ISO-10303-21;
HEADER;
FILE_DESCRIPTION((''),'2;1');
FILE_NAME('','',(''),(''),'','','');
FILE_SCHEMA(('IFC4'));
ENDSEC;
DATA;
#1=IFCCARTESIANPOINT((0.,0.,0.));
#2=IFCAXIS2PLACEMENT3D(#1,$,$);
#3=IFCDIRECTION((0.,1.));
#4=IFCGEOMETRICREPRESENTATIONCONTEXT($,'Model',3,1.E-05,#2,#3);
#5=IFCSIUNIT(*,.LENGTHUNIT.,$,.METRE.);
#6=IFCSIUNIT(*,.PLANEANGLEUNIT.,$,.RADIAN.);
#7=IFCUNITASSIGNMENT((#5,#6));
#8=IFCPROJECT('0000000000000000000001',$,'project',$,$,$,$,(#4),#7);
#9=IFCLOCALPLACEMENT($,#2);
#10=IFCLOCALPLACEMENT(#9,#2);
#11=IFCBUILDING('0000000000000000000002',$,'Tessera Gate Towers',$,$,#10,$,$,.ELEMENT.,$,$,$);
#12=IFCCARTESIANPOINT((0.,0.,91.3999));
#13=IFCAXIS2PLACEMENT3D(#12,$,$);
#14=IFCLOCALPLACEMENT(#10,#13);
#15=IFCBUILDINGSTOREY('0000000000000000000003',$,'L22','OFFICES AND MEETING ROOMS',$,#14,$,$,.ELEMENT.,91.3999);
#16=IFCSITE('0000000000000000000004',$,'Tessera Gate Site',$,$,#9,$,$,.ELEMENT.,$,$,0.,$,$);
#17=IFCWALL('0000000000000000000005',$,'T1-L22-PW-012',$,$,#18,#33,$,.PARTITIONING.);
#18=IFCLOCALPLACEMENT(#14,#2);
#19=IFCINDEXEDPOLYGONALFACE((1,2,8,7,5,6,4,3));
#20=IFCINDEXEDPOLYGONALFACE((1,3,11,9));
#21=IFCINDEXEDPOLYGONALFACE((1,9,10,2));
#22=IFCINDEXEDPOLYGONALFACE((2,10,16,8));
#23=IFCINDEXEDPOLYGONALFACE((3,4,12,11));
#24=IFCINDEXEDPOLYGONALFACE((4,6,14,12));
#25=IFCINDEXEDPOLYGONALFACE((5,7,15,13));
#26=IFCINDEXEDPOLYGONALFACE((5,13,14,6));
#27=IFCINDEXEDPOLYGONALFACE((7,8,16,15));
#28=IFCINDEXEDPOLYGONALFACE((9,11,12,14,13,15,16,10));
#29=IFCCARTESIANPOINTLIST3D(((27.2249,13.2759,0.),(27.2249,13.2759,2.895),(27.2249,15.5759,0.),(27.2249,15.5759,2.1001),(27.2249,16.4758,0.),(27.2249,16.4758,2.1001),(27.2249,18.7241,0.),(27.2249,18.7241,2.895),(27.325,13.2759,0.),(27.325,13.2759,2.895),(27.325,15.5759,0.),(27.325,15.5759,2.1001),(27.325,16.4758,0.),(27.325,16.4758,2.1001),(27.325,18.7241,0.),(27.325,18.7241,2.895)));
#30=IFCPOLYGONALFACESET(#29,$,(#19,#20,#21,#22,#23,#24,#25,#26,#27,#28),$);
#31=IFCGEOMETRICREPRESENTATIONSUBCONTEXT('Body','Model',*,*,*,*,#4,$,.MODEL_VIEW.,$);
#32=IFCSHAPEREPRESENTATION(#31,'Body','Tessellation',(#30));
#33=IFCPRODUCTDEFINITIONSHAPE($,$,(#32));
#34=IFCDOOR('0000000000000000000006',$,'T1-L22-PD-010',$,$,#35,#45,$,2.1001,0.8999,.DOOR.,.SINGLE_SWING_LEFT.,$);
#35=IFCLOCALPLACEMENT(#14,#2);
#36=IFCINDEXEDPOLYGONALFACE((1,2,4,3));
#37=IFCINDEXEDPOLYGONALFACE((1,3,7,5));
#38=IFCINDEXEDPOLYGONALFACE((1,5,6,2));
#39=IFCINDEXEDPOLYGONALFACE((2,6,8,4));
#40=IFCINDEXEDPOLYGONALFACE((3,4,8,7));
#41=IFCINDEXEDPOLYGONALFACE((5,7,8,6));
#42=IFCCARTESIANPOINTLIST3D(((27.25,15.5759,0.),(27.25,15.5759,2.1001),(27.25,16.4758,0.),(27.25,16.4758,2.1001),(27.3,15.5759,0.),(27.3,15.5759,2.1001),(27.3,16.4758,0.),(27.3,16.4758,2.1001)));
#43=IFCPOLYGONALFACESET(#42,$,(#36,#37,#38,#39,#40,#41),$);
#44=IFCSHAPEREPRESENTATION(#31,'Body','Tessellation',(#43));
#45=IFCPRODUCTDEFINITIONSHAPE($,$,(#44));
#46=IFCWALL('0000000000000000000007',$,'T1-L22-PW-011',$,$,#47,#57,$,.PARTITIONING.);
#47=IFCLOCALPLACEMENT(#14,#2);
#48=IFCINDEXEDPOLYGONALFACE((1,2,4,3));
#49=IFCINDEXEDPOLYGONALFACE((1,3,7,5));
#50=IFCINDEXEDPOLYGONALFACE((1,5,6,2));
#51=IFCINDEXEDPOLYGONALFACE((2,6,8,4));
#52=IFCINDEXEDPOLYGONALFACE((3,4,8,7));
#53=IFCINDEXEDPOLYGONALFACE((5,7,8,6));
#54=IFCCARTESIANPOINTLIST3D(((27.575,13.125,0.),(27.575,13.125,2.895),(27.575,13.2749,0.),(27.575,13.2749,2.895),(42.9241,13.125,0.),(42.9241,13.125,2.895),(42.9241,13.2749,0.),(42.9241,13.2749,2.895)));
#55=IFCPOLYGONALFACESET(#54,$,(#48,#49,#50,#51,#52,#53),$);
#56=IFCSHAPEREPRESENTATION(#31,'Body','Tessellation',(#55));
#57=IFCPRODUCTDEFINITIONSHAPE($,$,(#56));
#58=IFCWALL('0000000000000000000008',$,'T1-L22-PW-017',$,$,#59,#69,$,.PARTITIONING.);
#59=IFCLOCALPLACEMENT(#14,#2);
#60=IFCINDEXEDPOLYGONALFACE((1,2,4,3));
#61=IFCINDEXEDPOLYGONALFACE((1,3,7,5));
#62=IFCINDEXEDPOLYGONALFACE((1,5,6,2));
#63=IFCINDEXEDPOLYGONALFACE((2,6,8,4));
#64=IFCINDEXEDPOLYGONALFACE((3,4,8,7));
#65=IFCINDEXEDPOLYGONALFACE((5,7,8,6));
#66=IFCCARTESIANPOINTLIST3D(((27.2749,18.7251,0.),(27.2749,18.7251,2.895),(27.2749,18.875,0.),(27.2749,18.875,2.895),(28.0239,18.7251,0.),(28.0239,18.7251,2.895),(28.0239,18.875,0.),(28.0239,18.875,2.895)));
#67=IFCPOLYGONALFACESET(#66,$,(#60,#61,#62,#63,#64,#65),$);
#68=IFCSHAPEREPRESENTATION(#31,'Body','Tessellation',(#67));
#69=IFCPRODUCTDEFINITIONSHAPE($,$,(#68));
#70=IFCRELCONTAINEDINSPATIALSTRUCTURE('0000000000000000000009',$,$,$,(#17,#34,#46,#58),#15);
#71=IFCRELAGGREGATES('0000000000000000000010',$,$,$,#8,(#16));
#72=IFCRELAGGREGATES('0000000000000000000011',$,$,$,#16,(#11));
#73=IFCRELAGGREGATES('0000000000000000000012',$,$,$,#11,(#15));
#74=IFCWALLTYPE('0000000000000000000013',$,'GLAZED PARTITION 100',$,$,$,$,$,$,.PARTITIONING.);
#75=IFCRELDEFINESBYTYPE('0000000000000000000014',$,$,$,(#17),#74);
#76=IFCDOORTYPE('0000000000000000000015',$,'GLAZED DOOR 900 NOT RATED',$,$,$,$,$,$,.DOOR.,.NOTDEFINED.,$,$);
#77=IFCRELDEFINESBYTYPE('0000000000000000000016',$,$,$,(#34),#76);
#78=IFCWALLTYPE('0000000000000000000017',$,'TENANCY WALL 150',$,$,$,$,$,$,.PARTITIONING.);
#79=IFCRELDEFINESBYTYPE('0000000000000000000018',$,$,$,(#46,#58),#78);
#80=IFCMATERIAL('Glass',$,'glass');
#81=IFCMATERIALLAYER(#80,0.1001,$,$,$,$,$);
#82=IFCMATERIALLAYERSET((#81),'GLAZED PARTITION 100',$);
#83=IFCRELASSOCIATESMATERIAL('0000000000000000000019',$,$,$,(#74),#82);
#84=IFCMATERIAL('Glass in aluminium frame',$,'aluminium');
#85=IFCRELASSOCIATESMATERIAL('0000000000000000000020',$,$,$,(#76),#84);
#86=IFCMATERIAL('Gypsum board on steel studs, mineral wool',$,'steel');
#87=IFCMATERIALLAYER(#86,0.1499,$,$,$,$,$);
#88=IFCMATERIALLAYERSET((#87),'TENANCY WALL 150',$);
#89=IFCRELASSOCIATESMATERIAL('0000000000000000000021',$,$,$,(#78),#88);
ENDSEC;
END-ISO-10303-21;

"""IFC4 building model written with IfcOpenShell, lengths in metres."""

from ifc_helpers import new_model, si_unit, direction, frame, frame_2d, origin, place, context, subcontext, project, spatial, rectangle, extrude, source, transform, mapped, material, layer, layer_set, type_object, element, fill, save


model = new_model("IFC4")

# Units and contexts
model_context = context("Model", 3, precision=1e-05, world=origin(), true_north=direction((0.0, 1.0)))
body_context = subcontext(model_context, "Body", "Model", "MODEL_VIEW")
ifc_project = project(units=[si_unit("LENGTHUNIT", "METRE"), si_unit("PLANEANGLEUNIT", "RADIAN")], contexts=[model_context])

# Site, building, storey
site_placement = place(None, origin())
site = spatial("IfcSite", under=ifc_project, at=site_placement, Name="Tessera Gate Site", CompositionType="ELEMENT", RefElevation=0.0)
building_placement = place(site_placement, origin())
building = spatial("IfcBuilding", under=site, at=building_placement, Name="Tessera Gate Towers", CompositionType="ELEMENT")
storey_placement = place(building_placement, frame((0.0, 0.0, 91.3999)))
storey = spatial("IfcBuildingStorey", under=building, at=storey_placement, Name="L22", Description="OFFICES AND MEETING ROOMS", CompositionType="ELEMENT", Elevation=91.3999)

# Shared definitions
shared_shape_1 = source(origin(), body_context, "Body", "SweptSolid", [
    extrude(rectangle(XDim=0.8999, YDim=2.1001, at=frame_2d((0.45, 1.05))), frame((0.0, 0.0249, 0.0), z_axis=(0.0, -1.0, 0.0), x_axis=(1.0, 0.0, 0.0)), (0.0, 0.0, 1.0), 0.05),
])

# Shared definitions
ifc_material_1 = material(Name="Glass", Category="glass")
ifc_layer_1 = layer(ifc_material_1, 0.1001)
ifc_layer_set_1 = layer_set([ifc_layer_1], Name="GLAZED PARTITION 100")
wall_type_1 = type_object("IfcWallType", Name="GLAZED PARTITION 100", PredefinedType="PARTITIONING", material=ifc_layer_set_1)

# Wall, opening, door
wall_1_placement = place(storey_placement, frame((27.2749, 13.2759, 0.0), z_axis=(0.0, 0.0, 1.0), x_axis=(0.0, 1.0, 0.0)))
wall_1 = element("IfcWall", 1, at=wall_1_placement, inside=storey, type_object=wall_type_1, Name="T1-L22-PW-012", PredefinedType="PARTITIONING", context=body_context, shape_type="SweptSolid", body=[
    extrude(rectangle(XDim=5.4482, YDim=0.1001, at=frame_2d((2.7241, 0.0))), origin(), (0.0, 0.0, 1.0), 2.895),
])
shared_shape_2 = source(origin(), body_context, "Body", "SweptSolid", [
    extrude(rectangle(XDim=0.8999, YDim=2.1001, at=frame_2d((0.45, 1.05))), frame((0.0, 0.0601, 0.0), z_axis=(0.0, -1.0, 0.0), x_axis=(1.0, 0.0, 0.0)), (0.0, 0.0, 1.0), 0.1201),
])
opening_1_placement = place(wall_1_placement, frame((2.3, 0.0, 0.0)))
opening_1 = element("IfcOpeningElement", 2, at=opening_1_placement, cuts=wall_1, PredefinedType="OPENING", context=body_context, shape_type="MappedRepresentation", body=[
    mapped(shared_shape_2, transform((0.0, 0.0, 0.0), scale=1.0)),
])
ifc_material_2 = material(Name="Glass in aluminium frame", Category="aluminium")
door_type_1 = type_object("IfcDoorType", Name="GLAZED DOOR 900 NOT RATED", OperationType="NOTDEFINED", PredefinedType="DOOR", material=ifc_material_2)
door_1_placement = place(opening_1_placement, origin())
door_1 = element("IfcDoor", 3, at=door_1_placement, inside=storey, type_object=door_type_1, Name="T1-L22-PD-010", OperationType="SINGLE_SWING_LEFT", OverallHeight=2.1001, OverallWidth=0.8999, PredefinedType="DOOR", context=body_context, shape_type="MappedRepresentation", body=[
    mapped(shared_shape_1, transform((0.0, 0.0, 0.0), scale=1.0)),
])
fill(opening_1, door_1)

# Walls
ifc_material_3 = material(Name="Gypsum board on steel studs, mineral wool", Category="steel")
ifc_layer_2 = layer(ifc_material_3, 0.1499)
ifc_layer_set_2 = layer_set([ifc_layer_2], Name="TENANCY WALL 150")
wall_type_2 = type_object("IfcWallType", Name="TENANCY WALL 150", PredefinedType="PARTITIONING", material=ifc_layer_set_2)
wall_2_placement = place(storey_placement, frame((27.575, 13.2, 0.0), z_axis=(0.0, 0.0, 1.0), x_axis=(1.0, 0.0, 0.0)))
element("IfcWall", 4, at=wall_2_placement, inside=storey, type_object=wall_type_2, Name="T1-L22-PW-011", PredefinedType="PARTITIONING", context=body_context, shape_type="SweptSolid", body=[
    extrude(rectangle(XDim=15.3491, YDim=0.1499, at=frame_2d((7.6746, 0.0))), origin(), (0.0, 0.0, 1.0), 2.895),
])
wall_3_placement = place(storey_placement, frame((27.2749, 18.8, 0.0), z_axis=(0.0, 0.0, 1.0), x_axis=(1.0, 0.0, 0.0)))
element("IfcWall", 5, at=wall_3_placement, inside=storey, type_object=wall_type_2, Name="T1-L22-PW-017", PredefinedType="PARTITIONING", context=body_context, shape_type="SweptSolid", body=[
    extrude(rectangle(XDim=0.749, YDim=0.1499, at=frame_2d((0.3745, 0.0))), origin(), (0.0, 0.0, 1.0), 2.895),
])

save(model, "model.ifc")
